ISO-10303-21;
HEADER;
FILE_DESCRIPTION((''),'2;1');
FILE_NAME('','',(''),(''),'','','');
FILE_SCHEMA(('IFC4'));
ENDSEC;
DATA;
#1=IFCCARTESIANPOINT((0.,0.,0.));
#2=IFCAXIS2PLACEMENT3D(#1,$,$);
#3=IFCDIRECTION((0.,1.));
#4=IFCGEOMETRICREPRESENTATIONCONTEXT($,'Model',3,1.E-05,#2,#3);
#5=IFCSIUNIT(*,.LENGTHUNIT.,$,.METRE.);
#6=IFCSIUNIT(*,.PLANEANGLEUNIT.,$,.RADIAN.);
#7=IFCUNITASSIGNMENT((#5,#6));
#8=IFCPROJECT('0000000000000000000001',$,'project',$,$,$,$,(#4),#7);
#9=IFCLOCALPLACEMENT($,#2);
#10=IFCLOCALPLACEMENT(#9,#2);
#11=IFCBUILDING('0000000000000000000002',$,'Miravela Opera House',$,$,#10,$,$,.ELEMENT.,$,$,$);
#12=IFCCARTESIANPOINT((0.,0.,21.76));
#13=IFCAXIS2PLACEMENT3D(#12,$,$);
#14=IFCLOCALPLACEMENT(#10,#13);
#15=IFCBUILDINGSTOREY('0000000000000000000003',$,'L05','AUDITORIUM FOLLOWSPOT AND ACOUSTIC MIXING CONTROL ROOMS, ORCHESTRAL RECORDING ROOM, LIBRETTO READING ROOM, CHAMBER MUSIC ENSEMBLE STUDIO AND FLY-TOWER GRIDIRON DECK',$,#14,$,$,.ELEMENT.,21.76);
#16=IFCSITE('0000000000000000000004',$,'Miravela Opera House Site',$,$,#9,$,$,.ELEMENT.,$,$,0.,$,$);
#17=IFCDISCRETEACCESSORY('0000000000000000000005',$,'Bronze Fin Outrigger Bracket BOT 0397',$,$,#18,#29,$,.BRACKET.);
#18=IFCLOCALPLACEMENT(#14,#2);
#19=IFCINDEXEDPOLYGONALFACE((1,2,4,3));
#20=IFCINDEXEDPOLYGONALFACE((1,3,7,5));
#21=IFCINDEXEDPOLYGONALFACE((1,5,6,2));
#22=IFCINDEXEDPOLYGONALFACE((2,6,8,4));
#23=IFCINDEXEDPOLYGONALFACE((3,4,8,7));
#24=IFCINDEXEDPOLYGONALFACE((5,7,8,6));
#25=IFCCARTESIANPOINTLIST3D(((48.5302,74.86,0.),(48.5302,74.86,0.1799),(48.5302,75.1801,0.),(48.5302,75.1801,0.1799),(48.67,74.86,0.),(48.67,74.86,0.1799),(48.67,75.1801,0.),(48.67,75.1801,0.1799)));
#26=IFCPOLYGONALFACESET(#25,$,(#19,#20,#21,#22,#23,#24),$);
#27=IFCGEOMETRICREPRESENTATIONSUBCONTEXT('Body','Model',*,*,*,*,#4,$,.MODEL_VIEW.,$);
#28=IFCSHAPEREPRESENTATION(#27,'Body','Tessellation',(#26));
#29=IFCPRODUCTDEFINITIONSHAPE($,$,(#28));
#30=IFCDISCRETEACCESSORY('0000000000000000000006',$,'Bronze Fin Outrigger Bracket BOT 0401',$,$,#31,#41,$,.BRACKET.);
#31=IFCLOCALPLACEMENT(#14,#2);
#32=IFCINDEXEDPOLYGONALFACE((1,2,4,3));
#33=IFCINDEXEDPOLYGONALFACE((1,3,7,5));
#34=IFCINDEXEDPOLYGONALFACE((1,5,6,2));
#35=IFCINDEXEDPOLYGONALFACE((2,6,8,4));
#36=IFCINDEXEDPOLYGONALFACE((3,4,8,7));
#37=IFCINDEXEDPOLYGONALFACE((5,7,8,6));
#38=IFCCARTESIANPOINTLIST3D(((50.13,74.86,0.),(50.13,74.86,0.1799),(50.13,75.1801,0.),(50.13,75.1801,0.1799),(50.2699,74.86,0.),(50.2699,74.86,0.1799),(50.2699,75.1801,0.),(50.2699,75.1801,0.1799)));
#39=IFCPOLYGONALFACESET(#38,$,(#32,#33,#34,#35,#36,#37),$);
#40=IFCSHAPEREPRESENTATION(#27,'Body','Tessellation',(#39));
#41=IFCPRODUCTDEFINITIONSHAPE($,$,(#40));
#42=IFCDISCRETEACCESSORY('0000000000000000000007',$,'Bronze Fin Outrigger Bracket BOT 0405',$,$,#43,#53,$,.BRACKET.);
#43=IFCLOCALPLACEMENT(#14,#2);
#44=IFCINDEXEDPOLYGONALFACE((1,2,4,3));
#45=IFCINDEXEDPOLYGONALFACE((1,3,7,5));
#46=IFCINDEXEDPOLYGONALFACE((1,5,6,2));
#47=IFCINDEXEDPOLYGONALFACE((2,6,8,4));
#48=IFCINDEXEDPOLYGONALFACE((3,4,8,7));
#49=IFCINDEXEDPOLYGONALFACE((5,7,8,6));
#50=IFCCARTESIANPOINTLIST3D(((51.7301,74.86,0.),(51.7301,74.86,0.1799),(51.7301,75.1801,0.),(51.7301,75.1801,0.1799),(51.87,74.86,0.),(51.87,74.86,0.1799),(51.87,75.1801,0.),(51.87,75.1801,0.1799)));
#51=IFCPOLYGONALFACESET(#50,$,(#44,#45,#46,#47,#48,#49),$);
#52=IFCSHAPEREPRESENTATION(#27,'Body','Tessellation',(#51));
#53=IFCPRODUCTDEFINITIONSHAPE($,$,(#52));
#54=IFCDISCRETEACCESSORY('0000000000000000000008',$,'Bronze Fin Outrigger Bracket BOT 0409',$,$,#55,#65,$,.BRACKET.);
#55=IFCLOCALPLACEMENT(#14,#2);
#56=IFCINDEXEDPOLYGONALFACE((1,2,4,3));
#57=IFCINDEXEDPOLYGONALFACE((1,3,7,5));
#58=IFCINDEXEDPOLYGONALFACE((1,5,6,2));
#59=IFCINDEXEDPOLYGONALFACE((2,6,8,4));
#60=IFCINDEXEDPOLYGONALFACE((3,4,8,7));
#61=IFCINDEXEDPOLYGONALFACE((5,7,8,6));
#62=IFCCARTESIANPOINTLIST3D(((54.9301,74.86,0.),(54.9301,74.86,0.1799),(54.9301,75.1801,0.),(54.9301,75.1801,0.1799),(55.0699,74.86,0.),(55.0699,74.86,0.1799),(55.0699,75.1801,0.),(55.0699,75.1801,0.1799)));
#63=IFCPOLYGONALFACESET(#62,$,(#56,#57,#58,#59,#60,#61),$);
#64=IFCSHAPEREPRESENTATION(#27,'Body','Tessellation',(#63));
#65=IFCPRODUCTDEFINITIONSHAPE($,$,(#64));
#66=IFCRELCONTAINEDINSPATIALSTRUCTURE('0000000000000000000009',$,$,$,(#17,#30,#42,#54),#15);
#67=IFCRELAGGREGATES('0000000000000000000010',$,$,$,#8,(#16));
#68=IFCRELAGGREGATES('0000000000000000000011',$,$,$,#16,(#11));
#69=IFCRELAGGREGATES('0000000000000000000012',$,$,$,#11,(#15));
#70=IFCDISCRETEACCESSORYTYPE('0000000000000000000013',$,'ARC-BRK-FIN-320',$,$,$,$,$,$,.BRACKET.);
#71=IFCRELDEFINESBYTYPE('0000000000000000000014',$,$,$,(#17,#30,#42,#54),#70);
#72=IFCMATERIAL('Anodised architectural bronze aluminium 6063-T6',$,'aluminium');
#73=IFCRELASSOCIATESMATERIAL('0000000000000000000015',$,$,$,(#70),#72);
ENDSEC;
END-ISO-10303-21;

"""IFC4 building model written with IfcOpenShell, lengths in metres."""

from ifc_helpers import new_model, si_unit, direction, frame, origin, origin_2d, place, context, subcontext, project, spatial, rectangle, extrude, material, type_object, element, save


model = new_model("IFC4")

# Units and contexts
model_context = context("Model", 3, precision=1e-05, world=origin(), true_north=direction((0.0, 1.0)))
body_context = subcontext(model_context, "Body", "Model", "MODEL_VIEW")
ifc_project = project(units=[si_unit("LENGTHUNIT", "METRE"), si_unit("PLANEANGLEUNIT", "RADIAN")], contexts=[model_context])

# Site, building, storey
site_placement = place(None, origin())
site = spatial("IfcSite", under=ifc_project, at=site_placement, Name="Miravela Opera House Site", CompositionType="ELEMENT", RefElevation=0.0)
building_placement = place(site_placement, origin())
building = spatial("IfcBuilding", under=site, at=building_placement, Name="Miravela Opera House", CompositionType="ELEMENT")
storey_placement = place(building_placement, frame((0.0, 0.0, 21.76)))
storey = spatial("IfcBuildingStorey", under=building, at=storey_placement, Name="L05", Description="AUDITORIUM FOLLOWSPOT AND ACOUSTIC MIXING CONTROL ROOMS, ORCHESTRAL RECORDING ROOM, LIBRETTO READING ROOM, CHAMBER MUSIC ENSEMBLE STUDIO AND FLY-TOWER GRIDIRON DECK", CompositionType="ELEMENT", Elevation=21.76)

# Shared definitions
ifc_material_1 = material(Name="Anodised architectural bronze aluminium 6063-T6", Category="aluminium")

# Discrete accessories
discrete_accessory_type = type_object("IfcDiscreteAccessoryType", Name="ARC-BRK-FIN-320", PredefinedType="BRACKET", material=ifc_material_1)
for number, where, z_axis, x_axis, name in (
    (1, (48.6001, 75.02, 0.0), (0.0, 0.0, 1.0), (0.0, 1.0, 0.0), "Bronze Fin Outrigger Bracket BOT 0397"),
    (2, (50.2, 75.02, 0.0), (0.0, 0.0, 1.0), (0.0, 1.0, 0.0), "Bronze Fin Outrigger Bracket BOT 0401"),
    (3, (51.8, 75.02, 0.0), (0.0, 0.0, 1.0), (0.0, 1.0, 0.0), "Bronze Fin Outrigger Bracket BOT 0405"),
    (4, (55.0, 75.02, 0.0), (0.0, 0.0, 1.0), (0.0, 1.0, 0.0), "Bronze Fin Outrigger Bracket BOT 0409"),
):
    element("IfcDiscreteAccessory", number, at=place(storey_placement, frame(where, z_axis=z_axis, x_axis=x_axis)), inside=storey, type_object=discrete_accessory_type, Name=name, PredefinedType="BRACKET", context=body_context, shape_type="SweptSolid", body=[
        extrude(rectangle(XDim=0.3201, YDim=0.1399, at=origin_2d()), origin(), (0.0, 0.0, 1.0), 0.1799),
    ])

save(model, "model.ifc")
